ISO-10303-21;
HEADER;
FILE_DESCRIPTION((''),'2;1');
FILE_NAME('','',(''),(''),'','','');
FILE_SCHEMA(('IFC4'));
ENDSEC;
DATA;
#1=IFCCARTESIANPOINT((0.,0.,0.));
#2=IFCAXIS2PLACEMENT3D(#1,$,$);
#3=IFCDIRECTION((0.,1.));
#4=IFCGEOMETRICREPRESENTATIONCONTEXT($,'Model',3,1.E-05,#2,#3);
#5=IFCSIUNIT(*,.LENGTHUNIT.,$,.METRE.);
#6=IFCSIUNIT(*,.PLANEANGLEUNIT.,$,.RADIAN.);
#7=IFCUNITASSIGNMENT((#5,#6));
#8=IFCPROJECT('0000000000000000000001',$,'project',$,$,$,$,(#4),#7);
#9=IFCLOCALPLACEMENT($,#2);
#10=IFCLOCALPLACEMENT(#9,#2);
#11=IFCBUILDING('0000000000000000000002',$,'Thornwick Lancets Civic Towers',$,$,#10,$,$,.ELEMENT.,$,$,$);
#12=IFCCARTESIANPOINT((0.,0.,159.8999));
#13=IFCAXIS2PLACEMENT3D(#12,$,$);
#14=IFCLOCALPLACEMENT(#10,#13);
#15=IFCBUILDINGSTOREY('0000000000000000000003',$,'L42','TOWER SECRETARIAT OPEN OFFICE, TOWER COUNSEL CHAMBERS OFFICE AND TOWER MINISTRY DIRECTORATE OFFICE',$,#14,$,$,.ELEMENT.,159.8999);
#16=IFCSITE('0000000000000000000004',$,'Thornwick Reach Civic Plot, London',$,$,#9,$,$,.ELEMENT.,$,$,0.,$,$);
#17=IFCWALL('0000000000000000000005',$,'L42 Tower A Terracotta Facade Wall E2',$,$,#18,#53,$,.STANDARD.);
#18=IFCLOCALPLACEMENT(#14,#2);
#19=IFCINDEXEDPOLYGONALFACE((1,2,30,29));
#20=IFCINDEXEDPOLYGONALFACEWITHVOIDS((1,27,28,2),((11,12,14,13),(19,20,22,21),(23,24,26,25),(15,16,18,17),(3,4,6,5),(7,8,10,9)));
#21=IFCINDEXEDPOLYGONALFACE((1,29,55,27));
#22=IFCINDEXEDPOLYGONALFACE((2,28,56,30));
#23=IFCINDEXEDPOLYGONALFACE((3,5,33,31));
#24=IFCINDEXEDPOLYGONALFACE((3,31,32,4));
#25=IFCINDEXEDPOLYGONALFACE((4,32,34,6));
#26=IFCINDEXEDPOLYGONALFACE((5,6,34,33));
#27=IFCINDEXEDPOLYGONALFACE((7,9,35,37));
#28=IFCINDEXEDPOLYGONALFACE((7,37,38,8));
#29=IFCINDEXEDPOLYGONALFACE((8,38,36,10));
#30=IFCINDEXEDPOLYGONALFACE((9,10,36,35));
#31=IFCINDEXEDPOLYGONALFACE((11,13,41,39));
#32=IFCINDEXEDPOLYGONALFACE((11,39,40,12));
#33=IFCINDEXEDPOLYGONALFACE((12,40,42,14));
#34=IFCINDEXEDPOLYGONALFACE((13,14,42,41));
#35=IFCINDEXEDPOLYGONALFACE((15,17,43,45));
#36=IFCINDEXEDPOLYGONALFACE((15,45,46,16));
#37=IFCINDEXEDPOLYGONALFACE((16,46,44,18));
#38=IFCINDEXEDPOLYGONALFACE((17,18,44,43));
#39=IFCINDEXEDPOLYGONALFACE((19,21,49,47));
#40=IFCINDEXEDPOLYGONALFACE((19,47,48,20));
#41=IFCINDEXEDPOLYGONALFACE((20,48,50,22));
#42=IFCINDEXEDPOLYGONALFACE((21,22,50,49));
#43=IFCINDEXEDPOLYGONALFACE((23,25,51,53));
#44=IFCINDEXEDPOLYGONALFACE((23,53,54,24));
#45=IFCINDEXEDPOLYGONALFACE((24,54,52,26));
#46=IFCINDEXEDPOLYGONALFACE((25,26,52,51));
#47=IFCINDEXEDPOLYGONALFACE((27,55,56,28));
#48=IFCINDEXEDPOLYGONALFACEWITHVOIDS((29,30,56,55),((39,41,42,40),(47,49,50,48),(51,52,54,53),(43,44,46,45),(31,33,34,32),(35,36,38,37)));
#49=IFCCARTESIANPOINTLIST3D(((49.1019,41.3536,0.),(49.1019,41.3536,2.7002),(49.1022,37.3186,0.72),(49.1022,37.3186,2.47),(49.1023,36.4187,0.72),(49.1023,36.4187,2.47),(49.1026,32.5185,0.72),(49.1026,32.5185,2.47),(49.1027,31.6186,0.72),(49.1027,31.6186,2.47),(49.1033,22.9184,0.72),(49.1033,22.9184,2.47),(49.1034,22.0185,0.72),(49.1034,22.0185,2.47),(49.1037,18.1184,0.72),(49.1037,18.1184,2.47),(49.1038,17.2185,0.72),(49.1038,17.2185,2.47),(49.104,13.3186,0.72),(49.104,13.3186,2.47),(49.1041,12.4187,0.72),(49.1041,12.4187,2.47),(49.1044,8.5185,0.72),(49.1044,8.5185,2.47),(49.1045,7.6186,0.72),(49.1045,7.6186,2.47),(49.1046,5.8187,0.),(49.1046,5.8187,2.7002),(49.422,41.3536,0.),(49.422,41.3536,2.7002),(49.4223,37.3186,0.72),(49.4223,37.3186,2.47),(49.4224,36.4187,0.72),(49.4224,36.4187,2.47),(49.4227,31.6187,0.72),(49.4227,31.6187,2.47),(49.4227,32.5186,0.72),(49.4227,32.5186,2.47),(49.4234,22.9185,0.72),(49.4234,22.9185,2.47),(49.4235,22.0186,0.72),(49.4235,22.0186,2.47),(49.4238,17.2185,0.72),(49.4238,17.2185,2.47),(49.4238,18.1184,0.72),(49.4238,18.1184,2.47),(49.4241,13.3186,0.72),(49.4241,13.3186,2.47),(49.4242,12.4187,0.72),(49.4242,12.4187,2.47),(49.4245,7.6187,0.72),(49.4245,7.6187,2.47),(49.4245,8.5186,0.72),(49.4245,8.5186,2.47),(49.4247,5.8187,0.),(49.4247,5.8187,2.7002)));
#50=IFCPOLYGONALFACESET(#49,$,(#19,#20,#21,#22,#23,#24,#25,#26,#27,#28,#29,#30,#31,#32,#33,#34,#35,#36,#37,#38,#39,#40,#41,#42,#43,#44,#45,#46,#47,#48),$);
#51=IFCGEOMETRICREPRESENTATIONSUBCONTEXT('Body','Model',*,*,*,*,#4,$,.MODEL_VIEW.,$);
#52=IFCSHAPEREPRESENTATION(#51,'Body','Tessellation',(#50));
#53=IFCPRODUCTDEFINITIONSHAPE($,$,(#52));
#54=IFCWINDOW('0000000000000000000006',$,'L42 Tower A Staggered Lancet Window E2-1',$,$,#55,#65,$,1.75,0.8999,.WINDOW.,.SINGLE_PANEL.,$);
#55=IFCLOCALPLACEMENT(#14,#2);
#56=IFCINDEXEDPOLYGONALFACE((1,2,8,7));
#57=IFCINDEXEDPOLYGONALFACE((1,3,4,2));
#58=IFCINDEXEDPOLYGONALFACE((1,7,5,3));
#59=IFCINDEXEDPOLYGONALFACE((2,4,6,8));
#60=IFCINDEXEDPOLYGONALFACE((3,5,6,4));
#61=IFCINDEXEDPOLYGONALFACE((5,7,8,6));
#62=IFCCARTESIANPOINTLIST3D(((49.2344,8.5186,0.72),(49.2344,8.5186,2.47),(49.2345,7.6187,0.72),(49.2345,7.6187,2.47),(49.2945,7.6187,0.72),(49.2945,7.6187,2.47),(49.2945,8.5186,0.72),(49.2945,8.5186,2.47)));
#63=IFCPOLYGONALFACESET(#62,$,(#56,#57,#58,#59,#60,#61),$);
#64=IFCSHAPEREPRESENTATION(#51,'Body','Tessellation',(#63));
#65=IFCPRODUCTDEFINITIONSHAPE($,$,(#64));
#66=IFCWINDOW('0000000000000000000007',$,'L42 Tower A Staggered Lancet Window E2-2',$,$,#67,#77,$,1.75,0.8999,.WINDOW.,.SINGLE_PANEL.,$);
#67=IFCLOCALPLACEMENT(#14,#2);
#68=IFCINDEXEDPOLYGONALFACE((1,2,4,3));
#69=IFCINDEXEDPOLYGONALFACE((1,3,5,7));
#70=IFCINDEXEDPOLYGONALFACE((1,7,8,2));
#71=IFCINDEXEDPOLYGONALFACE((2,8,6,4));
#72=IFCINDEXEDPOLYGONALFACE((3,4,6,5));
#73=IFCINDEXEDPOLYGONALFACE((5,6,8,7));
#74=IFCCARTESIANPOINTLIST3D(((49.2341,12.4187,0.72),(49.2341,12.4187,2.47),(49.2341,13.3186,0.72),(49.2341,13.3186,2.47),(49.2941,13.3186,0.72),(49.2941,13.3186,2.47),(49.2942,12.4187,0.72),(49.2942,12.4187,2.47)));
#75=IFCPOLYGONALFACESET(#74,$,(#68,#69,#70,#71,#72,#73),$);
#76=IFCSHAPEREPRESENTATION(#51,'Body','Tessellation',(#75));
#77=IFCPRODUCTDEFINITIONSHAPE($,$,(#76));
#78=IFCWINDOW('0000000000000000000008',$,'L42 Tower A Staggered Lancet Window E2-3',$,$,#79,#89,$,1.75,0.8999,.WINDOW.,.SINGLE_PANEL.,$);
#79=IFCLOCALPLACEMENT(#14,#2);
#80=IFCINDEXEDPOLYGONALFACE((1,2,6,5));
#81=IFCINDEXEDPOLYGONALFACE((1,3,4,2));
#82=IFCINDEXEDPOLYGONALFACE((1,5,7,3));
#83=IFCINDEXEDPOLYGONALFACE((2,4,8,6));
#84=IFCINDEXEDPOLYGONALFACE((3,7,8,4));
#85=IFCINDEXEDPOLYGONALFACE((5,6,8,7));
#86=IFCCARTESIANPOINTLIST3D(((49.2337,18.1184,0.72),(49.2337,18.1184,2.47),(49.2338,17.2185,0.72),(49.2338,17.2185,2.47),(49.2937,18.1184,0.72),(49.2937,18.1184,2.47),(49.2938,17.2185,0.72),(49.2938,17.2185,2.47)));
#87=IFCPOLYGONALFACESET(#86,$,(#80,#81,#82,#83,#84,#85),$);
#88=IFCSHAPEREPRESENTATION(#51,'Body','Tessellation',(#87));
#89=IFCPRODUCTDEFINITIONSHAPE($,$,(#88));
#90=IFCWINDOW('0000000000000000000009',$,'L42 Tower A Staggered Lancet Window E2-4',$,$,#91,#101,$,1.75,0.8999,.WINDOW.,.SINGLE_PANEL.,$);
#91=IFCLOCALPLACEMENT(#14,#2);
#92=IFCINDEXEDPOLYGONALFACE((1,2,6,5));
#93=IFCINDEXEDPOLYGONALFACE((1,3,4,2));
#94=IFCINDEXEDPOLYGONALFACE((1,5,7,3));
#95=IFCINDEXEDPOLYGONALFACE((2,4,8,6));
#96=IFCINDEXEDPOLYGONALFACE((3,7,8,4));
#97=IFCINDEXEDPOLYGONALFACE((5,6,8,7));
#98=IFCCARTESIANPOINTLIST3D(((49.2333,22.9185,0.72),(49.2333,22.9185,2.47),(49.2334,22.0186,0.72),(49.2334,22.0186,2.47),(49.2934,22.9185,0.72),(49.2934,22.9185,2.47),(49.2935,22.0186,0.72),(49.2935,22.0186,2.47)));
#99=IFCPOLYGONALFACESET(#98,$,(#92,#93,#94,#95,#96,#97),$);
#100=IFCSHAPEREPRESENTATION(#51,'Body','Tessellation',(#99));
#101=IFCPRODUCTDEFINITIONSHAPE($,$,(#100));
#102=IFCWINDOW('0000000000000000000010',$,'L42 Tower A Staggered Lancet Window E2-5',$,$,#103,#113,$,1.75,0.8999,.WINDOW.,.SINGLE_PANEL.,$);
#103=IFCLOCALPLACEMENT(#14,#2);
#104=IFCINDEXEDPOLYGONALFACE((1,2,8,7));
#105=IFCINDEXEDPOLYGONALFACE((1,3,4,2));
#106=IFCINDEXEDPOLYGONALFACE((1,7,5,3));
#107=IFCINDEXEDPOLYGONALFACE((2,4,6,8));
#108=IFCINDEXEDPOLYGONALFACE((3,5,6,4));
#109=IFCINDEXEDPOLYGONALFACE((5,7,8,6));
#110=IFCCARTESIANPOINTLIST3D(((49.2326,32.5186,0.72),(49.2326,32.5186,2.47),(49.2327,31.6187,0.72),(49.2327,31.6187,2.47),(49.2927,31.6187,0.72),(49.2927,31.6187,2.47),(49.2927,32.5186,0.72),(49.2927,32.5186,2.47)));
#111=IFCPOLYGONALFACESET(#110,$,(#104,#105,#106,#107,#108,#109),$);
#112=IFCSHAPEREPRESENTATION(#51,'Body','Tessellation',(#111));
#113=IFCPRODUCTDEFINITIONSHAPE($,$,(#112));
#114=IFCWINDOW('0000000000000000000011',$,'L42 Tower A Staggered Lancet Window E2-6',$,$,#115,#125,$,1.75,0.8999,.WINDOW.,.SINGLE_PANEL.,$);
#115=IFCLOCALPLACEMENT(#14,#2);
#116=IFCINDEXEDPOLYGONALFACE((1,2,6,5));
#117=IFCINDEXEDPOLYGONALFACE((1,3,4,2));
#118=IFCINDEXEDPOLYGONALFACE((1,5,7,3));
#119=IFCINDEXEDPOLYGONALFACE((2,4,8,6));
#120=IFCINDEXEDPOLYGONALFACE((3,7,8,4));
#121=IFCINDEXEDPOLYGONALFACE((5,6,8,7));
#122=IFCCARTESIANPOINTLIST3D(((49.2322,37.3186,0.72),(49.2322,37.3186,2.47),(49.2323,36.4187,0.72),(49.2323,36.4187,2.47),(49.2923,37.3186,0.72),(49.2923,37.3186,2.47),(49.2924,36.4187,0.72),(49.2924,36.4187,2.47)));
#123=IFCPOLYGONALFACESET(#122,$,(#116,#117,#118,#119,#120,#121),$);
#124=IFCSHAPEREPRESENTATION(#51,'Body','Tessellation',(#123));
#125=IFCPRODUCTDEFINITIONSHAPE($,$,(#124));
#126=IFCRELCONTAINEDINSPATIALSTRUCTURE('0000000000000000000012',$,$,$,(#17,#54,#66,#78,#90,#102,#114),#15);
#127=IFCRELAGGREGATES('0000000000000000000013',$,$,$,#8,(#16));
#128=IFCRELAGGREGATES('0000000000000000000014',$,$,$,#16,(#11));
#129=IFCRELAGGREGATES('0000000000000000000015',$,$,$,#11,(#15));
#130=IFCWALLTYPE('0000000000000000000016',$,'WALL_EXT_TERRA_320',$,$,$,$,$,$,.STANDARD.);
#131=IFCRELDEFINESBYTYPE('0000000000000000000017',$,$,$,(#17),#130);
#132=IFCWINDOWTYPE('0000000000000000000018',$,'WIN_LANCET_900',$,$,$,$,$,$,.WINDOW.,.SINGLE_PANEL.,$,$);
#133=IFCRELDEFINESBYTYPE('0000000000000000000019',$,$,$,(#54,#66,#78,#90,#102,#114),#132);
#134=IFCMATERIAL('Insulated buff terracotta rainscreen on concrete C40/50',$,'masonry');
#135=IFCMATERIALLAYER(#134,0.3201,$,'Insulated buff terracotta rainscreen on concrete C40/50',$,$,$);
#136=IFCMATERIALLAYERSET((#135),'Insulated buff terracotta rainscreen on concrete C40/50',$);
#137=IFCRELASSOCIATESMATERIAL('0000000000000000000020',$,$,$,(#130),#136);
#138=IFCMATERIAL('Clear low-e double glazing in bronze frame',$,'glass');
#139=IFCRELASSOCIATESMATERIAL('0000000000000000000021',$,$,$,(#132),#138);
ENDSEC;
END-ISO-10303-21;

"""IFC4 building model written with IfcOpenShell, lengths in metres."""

from ifc_helpers import new_model, si_unit, direction, frame, frame_2d, origin, place, context, subcontext, project, spatial, rectangle, extrude, material, layer, layer_set, type_object, element, fill, save


model = new_model("IFC4")

# Units and contexts
model_context = context("Model", 3, precision=1e-05, world=origin(), true_north=direction((0.0, 1.0)))
body_context = subcontext(model_context, "Body", "Model", "MODEL_VIEW")
ifc_project = project(units=[si_unit("LENGTHUNIT", "METRE"), si_unit("PLANEANGLEUNIT", "RADIAN")], contexts=[model_context])

# Site, building, storey
site_placement = place(None, origin())
site = spatial("IfcSite", under=ifc_project, at=site_placement, Name="Thornwick Reach Civic Plot, London", CompositionType="ELEMENT", RefElevation=0.0)
building_placement = place(site_placement, origin())
building = spatial("IfcBuilding", under=site, at=building_placement, Name="Thornwick Lancets Civic Towers", CompositionType="ELEMENT")
storey_placement = place(building_placement, frame((0.0, 0.0, 159.8999)))
storey = spatial("IfcBuildingStorey", under=building, at=storey_placement, Name="L42", Description="TOWER SECRETARIAT OPEN OFFICE, TOWER COUNSEL CHAMBERS OFFICE AND TOWER MINISTRY DIRECTORATE OFFICE", CompositionType="ELEMENT", Elevation=159.8999)

# Wall, openings, windows
ifc_material_1 = material(Name="Insulated buff terracotta rainscreen on concrete C40/50", Category="masonry")
ifc_layer_1 = layer(ifc_material_1, 0.3201, Name="Insulated buff terracotta rainscreen on concrete C40/50")
ifc_layer_set_1 = layer_set([ifc_layer_1], Name="Insulated buff terracotta rainscreen on concrete C40/50")
wall_type_1 = type_object("IfcWallType", Name="WALL_EXT_TERRA_320", PredefinedType="STANDARD", material=ifc_layer_set_1)
wall_1_placement = place(storey_placement, frame((49.2646, 5.8186, 0.0), z_axis=(0.0, 0.0, 1.0), x_axis=(-0.000076, 1.0, 0.0)))
wall_1 = element("IfcWall", 1, at=wall_1_placement, inside=storey, type_object=wall_type_1, Name="L42 Tower A Terracotta Facade Wall E2", PredefinedType="STANDARD", context=body_context, shape_type="SweptSolid", body=[
    extrude(rectangle(XDim=35.5349, YDim=0.3201, at=frame_2d((17.7676, 0.0))), origin(), (0.0, 0.0, 1.0), 2.7002),
])
opening_1_placement = place(wall_1_placement, frame((1.8, 0.0, 0.72)))
opening_1 = element("IfcOpeningElement", 2, at=opening_1_placement, cuts=wall_1, PredefinedType="OPENING", context=body_context, shape_type="SweptSolid", body=[
    extrude(rectangle(XDim=0.8999, YDim=1.75, at=frame_2d((0.45, 0.875))), frame((0.0, 0.1699, 0.0), z_axis=(0.0, -1.0, 0.0), x_axis=(1.0, 0.0, 0.0)), (0.0, 0.0, 1.0), 0.3401),
])
opening_2_placement = place(wall_1_placement, frame((6.6001, 0.0, 0.72)))
opening_2 = element("IfcOpeningElement", 3, at=opening_2_placement, cuts=wall_1, PredefinedType="OPENING", context=body_context, shape_type="SweptSolid", body=[
    extrude(rectangle(XDim=0.8999, YDim=1.75, at=frame_2d((0.45, 0.875))), frame((0.0, 0.1699, 0.0), z_axis=(0.0, -1.0, 0.0), x_axis=(1.0, 0.0, 0.0)), (0.0, 0.0, 1.0), 0.3401),
])
opening_3_placement = place(wall_1_placement, frame((11.3999, 0.0, 0.72)))
opening_3 = element("IfcOpeningElement", 4, at=opening_3_placement, cuts=wall_1, PredefinedType="OPENING", context=body_context, shape_type="SweptSolid", body=[
    extrude(rectangle(XDim=0.8999, YDim=1.75, at=frame_2d((0.45, 0.875))), frame((0.0, 0.1699, 0.0), z_axis=(0.0, -1.0, 0.0), x_axis=(1.0, 0.0, 0.0)), (0.0, 0.0, 1.0), 0.3401),
])
opening_4_placement = place(wall_1_placement, frame((16.2, 0.0, 0.72)))
opening_4 = element("IfcOpeningElement", 5, at=opening_4_placement, cuts=wall_1, PredefinedType="OPENING", context=body_context, shape_type="SweptSolid", body=[
    extrude(rectangle(XDim=0.8999, YDim=1.75, at=frame_2d((0.45, 0.875))), frame((0.0, 0.1699, 0.0), z_axis=(0.0, -1.0, 0.0), x_axis=(1.0, 0.0, 0.0)), (0.0, 0.0, 1.0), 0.3401),
])
opening_5_placement = place(wall_1_placement, frame((25.8, 0.0, 0.72)))
opening_5 = element("IfcOpeningElement", 6, at=opening_5_placement, cuts=wall_1, PredefinedType="OPENING", context=body_context, shape_type="SweptSolid", body=[
    extrude(rectangle(XDim=0.8999, YDim=1.75, at=frame_2d((0.45, 0.875))), frame((0.0, 0.1699, 0.0), z_axis=(0.0, -1.0, 0.0), x_axis=(1.0, 0.0, 0.0)), (0.0, 0.0, 1.0), 0.3401),
])
opening_6_placement = place(wall_1_placement, frame((30.6001, 0.0, 0.72)))
opening_6 = element("IfcOpeningElement", 7, at=opening_6_placement, cuts=wall_1, PredefinedType="OPENING", context=body_context, shape_type="SweptSolid", body=[
    extrude(rectangle(XDim=0.8999, YDim=1.75, at=frame_2d((0.45, 0.875))), frame((0.0, 0.1699, 0.0), z_axis=(0.0, -1.0, 0.0), x_axis=(1.0, 0.0, 0.0)), (0.0, 0.0, 1.0), 0.3401),
])
ifc_material_2 = material(Name="Clear low-e double glazing in bronze frame", Category="glass")
window_type = type_object("IfcWindowType", Name="WIN_LANCET_900", PartitioningType="SINGLE_PANEL", PredefinedType="WINDOW", material=ifc_material_2)
window_1_placement = place(opening_1_placement, origin())
window_1 = element("IfcWindow", 8, at=window_1_placement, inside=storey, type_object=window_type, Name="L42 Tower A Staggered Lancet Window E2-1", OverallHeight=1.75, OverallWidth=0.8999, PartitioningType="SINGLE_PANEL", PredefinedType="WINDOW", context=body_context, shape_type="SweptSolid", body=[
    extrude(rectangle(XDim=0.8999, YDim=1.75, at=frame_2d((0.45, 0.875))), frame((0.0, 0.03, 0.0), z_axis=(0.0, -1.0, 0.0), x_axis=(1.0, 0.0, 0.0)), (0.0, 0.0, 1.0), 0.0601),
])
fill(opening_1, window_1)
window_2_placement = place(opening_2_placement, origin())
window_2 = element("IfcWindow", 9, at=window_2_placement, inside=storey, type_object=window_type, Name="L42 Tower A Staggered Lancet Window E2-2", OverallHeight=1.75, OverallWidth=0.8999, PartitioningType="SINGLE_PANEL", PredefinedType="WINDOW", context=body_context, shape_type="SweptSolid", body=[
    extrude(rectangle(XDim=0.8999, YDim=1.75, at=frame_2d((0.45, 0.875))), frame((0.0, 0.03, 0.0), z_axis=(0.0, -1.0, 0.0), x_axis=(1.0, 0.0, 0.0)), (0.0, 0.0, 1.0), 0.0601),
])
fill(opening_2, window_2)
window_3_placement = place(opening_3_placement, origin())
window_3 = element("IfcWindow", 10, at=window_3_placement, inside=storey, type_object=window_type, Name="L42 Tower A Staggered Lancet Window E2-3", OverallHeight=1.75, OverallWidth=0.8999, PartitioningType="SINGLE_PANEL", PredefinedType="WINDOW", context=body_context, shape_type="SweptSolid", body=[
    extrude(rectangle(XDim=0.8999, YDim=1.75, at=frame_2d((0.45, 0.875))), frame((0.0, 0.03, 0.0), z_axis=(0.0, -1.0, 0.0), x_axis=(1.0, 0.0, 0.0)), (0.0, 0.0, 1.0), 0.0601),
])
fill(opening_3, window_3)
window_4_placement = place(opening_4_placement, origin())
window_4 = element("IfcWindow", 11, at=window_4_placement, inside=storey, type_object=window_type, Name="L42 Tower A Staggered Lancet Window E2-4", OverallHeight=1.75, OverallWidth=0.8999, PartitioningType="SINGLE_PANEL", PredefinedType="WINDOW", context=body_context, shape_type="SweptSolid", body=[
    extrude(rectangle(XDim=0.8999, YDim=1.75, at=frame_2d((0.45, 0.875))), frame((0.0, 0.03, 0.0), z_axis=(0.0, -1.0, 0.0), x_axis=(1.0, 0.0, 0.0)), (0.0, 0.0, 1.0), 0.0601),
])
fill(opening_4, window_4)
window_5_placement = place(opening_5_placement, origin())
window_5 = element("IfcWindow", 12, at=window_5_placement, inside=storey, type_object=window_type, Name="L42 Tower A Staggered Lancet Window E2-5", OverallHeight=1.75, OverallWidth=0.8999, PartitioningType="SINGLE_PANEL", PredefinedType="WINDOW", context=body_context, shape_type="SweptSolid", body=[
    extrude(rectangle(XDim=0.8999, YDim=1.75, at=frame_2d((0.45, 0.875))), frame((0.0, 0.03, 0.0), z_axis=(0.0, -1.0, 0.0), x_axis=(1.0, 0.0, 0.0)), (0.0, 0.0, 1.0), 0.0601),
])
fill(opening_5, window_5)
window_6_placement = place(opening_6_placement, origin())
window_6 = element("IfcWindow", 13, at=window_6_placement, inside=storey, type_object=window_type, Name="L42 Tower A Staggered Lancet Window E2-6", OverallHeight=1.75, OverallWidth=0.8999, PartitioningType="SINGLE_PANEL", PredefinedType="WINDOW", context=body_context, shape_type="SweptSolid", body=[
    extrude(rectangle(XDim=0.8999, YDim=1.75, at=frame_2d((0.45, 0.875))), frame((0.0, 0.03, 0.0), z_axis=(0.0, -1.0, 0.0), x_axis=(1.0, 0.0, 0.0)), (0.0, 0.0, 1.0), 0.0601),
])
fill(opening_6, window_6)

save(model, "model.ifc")
